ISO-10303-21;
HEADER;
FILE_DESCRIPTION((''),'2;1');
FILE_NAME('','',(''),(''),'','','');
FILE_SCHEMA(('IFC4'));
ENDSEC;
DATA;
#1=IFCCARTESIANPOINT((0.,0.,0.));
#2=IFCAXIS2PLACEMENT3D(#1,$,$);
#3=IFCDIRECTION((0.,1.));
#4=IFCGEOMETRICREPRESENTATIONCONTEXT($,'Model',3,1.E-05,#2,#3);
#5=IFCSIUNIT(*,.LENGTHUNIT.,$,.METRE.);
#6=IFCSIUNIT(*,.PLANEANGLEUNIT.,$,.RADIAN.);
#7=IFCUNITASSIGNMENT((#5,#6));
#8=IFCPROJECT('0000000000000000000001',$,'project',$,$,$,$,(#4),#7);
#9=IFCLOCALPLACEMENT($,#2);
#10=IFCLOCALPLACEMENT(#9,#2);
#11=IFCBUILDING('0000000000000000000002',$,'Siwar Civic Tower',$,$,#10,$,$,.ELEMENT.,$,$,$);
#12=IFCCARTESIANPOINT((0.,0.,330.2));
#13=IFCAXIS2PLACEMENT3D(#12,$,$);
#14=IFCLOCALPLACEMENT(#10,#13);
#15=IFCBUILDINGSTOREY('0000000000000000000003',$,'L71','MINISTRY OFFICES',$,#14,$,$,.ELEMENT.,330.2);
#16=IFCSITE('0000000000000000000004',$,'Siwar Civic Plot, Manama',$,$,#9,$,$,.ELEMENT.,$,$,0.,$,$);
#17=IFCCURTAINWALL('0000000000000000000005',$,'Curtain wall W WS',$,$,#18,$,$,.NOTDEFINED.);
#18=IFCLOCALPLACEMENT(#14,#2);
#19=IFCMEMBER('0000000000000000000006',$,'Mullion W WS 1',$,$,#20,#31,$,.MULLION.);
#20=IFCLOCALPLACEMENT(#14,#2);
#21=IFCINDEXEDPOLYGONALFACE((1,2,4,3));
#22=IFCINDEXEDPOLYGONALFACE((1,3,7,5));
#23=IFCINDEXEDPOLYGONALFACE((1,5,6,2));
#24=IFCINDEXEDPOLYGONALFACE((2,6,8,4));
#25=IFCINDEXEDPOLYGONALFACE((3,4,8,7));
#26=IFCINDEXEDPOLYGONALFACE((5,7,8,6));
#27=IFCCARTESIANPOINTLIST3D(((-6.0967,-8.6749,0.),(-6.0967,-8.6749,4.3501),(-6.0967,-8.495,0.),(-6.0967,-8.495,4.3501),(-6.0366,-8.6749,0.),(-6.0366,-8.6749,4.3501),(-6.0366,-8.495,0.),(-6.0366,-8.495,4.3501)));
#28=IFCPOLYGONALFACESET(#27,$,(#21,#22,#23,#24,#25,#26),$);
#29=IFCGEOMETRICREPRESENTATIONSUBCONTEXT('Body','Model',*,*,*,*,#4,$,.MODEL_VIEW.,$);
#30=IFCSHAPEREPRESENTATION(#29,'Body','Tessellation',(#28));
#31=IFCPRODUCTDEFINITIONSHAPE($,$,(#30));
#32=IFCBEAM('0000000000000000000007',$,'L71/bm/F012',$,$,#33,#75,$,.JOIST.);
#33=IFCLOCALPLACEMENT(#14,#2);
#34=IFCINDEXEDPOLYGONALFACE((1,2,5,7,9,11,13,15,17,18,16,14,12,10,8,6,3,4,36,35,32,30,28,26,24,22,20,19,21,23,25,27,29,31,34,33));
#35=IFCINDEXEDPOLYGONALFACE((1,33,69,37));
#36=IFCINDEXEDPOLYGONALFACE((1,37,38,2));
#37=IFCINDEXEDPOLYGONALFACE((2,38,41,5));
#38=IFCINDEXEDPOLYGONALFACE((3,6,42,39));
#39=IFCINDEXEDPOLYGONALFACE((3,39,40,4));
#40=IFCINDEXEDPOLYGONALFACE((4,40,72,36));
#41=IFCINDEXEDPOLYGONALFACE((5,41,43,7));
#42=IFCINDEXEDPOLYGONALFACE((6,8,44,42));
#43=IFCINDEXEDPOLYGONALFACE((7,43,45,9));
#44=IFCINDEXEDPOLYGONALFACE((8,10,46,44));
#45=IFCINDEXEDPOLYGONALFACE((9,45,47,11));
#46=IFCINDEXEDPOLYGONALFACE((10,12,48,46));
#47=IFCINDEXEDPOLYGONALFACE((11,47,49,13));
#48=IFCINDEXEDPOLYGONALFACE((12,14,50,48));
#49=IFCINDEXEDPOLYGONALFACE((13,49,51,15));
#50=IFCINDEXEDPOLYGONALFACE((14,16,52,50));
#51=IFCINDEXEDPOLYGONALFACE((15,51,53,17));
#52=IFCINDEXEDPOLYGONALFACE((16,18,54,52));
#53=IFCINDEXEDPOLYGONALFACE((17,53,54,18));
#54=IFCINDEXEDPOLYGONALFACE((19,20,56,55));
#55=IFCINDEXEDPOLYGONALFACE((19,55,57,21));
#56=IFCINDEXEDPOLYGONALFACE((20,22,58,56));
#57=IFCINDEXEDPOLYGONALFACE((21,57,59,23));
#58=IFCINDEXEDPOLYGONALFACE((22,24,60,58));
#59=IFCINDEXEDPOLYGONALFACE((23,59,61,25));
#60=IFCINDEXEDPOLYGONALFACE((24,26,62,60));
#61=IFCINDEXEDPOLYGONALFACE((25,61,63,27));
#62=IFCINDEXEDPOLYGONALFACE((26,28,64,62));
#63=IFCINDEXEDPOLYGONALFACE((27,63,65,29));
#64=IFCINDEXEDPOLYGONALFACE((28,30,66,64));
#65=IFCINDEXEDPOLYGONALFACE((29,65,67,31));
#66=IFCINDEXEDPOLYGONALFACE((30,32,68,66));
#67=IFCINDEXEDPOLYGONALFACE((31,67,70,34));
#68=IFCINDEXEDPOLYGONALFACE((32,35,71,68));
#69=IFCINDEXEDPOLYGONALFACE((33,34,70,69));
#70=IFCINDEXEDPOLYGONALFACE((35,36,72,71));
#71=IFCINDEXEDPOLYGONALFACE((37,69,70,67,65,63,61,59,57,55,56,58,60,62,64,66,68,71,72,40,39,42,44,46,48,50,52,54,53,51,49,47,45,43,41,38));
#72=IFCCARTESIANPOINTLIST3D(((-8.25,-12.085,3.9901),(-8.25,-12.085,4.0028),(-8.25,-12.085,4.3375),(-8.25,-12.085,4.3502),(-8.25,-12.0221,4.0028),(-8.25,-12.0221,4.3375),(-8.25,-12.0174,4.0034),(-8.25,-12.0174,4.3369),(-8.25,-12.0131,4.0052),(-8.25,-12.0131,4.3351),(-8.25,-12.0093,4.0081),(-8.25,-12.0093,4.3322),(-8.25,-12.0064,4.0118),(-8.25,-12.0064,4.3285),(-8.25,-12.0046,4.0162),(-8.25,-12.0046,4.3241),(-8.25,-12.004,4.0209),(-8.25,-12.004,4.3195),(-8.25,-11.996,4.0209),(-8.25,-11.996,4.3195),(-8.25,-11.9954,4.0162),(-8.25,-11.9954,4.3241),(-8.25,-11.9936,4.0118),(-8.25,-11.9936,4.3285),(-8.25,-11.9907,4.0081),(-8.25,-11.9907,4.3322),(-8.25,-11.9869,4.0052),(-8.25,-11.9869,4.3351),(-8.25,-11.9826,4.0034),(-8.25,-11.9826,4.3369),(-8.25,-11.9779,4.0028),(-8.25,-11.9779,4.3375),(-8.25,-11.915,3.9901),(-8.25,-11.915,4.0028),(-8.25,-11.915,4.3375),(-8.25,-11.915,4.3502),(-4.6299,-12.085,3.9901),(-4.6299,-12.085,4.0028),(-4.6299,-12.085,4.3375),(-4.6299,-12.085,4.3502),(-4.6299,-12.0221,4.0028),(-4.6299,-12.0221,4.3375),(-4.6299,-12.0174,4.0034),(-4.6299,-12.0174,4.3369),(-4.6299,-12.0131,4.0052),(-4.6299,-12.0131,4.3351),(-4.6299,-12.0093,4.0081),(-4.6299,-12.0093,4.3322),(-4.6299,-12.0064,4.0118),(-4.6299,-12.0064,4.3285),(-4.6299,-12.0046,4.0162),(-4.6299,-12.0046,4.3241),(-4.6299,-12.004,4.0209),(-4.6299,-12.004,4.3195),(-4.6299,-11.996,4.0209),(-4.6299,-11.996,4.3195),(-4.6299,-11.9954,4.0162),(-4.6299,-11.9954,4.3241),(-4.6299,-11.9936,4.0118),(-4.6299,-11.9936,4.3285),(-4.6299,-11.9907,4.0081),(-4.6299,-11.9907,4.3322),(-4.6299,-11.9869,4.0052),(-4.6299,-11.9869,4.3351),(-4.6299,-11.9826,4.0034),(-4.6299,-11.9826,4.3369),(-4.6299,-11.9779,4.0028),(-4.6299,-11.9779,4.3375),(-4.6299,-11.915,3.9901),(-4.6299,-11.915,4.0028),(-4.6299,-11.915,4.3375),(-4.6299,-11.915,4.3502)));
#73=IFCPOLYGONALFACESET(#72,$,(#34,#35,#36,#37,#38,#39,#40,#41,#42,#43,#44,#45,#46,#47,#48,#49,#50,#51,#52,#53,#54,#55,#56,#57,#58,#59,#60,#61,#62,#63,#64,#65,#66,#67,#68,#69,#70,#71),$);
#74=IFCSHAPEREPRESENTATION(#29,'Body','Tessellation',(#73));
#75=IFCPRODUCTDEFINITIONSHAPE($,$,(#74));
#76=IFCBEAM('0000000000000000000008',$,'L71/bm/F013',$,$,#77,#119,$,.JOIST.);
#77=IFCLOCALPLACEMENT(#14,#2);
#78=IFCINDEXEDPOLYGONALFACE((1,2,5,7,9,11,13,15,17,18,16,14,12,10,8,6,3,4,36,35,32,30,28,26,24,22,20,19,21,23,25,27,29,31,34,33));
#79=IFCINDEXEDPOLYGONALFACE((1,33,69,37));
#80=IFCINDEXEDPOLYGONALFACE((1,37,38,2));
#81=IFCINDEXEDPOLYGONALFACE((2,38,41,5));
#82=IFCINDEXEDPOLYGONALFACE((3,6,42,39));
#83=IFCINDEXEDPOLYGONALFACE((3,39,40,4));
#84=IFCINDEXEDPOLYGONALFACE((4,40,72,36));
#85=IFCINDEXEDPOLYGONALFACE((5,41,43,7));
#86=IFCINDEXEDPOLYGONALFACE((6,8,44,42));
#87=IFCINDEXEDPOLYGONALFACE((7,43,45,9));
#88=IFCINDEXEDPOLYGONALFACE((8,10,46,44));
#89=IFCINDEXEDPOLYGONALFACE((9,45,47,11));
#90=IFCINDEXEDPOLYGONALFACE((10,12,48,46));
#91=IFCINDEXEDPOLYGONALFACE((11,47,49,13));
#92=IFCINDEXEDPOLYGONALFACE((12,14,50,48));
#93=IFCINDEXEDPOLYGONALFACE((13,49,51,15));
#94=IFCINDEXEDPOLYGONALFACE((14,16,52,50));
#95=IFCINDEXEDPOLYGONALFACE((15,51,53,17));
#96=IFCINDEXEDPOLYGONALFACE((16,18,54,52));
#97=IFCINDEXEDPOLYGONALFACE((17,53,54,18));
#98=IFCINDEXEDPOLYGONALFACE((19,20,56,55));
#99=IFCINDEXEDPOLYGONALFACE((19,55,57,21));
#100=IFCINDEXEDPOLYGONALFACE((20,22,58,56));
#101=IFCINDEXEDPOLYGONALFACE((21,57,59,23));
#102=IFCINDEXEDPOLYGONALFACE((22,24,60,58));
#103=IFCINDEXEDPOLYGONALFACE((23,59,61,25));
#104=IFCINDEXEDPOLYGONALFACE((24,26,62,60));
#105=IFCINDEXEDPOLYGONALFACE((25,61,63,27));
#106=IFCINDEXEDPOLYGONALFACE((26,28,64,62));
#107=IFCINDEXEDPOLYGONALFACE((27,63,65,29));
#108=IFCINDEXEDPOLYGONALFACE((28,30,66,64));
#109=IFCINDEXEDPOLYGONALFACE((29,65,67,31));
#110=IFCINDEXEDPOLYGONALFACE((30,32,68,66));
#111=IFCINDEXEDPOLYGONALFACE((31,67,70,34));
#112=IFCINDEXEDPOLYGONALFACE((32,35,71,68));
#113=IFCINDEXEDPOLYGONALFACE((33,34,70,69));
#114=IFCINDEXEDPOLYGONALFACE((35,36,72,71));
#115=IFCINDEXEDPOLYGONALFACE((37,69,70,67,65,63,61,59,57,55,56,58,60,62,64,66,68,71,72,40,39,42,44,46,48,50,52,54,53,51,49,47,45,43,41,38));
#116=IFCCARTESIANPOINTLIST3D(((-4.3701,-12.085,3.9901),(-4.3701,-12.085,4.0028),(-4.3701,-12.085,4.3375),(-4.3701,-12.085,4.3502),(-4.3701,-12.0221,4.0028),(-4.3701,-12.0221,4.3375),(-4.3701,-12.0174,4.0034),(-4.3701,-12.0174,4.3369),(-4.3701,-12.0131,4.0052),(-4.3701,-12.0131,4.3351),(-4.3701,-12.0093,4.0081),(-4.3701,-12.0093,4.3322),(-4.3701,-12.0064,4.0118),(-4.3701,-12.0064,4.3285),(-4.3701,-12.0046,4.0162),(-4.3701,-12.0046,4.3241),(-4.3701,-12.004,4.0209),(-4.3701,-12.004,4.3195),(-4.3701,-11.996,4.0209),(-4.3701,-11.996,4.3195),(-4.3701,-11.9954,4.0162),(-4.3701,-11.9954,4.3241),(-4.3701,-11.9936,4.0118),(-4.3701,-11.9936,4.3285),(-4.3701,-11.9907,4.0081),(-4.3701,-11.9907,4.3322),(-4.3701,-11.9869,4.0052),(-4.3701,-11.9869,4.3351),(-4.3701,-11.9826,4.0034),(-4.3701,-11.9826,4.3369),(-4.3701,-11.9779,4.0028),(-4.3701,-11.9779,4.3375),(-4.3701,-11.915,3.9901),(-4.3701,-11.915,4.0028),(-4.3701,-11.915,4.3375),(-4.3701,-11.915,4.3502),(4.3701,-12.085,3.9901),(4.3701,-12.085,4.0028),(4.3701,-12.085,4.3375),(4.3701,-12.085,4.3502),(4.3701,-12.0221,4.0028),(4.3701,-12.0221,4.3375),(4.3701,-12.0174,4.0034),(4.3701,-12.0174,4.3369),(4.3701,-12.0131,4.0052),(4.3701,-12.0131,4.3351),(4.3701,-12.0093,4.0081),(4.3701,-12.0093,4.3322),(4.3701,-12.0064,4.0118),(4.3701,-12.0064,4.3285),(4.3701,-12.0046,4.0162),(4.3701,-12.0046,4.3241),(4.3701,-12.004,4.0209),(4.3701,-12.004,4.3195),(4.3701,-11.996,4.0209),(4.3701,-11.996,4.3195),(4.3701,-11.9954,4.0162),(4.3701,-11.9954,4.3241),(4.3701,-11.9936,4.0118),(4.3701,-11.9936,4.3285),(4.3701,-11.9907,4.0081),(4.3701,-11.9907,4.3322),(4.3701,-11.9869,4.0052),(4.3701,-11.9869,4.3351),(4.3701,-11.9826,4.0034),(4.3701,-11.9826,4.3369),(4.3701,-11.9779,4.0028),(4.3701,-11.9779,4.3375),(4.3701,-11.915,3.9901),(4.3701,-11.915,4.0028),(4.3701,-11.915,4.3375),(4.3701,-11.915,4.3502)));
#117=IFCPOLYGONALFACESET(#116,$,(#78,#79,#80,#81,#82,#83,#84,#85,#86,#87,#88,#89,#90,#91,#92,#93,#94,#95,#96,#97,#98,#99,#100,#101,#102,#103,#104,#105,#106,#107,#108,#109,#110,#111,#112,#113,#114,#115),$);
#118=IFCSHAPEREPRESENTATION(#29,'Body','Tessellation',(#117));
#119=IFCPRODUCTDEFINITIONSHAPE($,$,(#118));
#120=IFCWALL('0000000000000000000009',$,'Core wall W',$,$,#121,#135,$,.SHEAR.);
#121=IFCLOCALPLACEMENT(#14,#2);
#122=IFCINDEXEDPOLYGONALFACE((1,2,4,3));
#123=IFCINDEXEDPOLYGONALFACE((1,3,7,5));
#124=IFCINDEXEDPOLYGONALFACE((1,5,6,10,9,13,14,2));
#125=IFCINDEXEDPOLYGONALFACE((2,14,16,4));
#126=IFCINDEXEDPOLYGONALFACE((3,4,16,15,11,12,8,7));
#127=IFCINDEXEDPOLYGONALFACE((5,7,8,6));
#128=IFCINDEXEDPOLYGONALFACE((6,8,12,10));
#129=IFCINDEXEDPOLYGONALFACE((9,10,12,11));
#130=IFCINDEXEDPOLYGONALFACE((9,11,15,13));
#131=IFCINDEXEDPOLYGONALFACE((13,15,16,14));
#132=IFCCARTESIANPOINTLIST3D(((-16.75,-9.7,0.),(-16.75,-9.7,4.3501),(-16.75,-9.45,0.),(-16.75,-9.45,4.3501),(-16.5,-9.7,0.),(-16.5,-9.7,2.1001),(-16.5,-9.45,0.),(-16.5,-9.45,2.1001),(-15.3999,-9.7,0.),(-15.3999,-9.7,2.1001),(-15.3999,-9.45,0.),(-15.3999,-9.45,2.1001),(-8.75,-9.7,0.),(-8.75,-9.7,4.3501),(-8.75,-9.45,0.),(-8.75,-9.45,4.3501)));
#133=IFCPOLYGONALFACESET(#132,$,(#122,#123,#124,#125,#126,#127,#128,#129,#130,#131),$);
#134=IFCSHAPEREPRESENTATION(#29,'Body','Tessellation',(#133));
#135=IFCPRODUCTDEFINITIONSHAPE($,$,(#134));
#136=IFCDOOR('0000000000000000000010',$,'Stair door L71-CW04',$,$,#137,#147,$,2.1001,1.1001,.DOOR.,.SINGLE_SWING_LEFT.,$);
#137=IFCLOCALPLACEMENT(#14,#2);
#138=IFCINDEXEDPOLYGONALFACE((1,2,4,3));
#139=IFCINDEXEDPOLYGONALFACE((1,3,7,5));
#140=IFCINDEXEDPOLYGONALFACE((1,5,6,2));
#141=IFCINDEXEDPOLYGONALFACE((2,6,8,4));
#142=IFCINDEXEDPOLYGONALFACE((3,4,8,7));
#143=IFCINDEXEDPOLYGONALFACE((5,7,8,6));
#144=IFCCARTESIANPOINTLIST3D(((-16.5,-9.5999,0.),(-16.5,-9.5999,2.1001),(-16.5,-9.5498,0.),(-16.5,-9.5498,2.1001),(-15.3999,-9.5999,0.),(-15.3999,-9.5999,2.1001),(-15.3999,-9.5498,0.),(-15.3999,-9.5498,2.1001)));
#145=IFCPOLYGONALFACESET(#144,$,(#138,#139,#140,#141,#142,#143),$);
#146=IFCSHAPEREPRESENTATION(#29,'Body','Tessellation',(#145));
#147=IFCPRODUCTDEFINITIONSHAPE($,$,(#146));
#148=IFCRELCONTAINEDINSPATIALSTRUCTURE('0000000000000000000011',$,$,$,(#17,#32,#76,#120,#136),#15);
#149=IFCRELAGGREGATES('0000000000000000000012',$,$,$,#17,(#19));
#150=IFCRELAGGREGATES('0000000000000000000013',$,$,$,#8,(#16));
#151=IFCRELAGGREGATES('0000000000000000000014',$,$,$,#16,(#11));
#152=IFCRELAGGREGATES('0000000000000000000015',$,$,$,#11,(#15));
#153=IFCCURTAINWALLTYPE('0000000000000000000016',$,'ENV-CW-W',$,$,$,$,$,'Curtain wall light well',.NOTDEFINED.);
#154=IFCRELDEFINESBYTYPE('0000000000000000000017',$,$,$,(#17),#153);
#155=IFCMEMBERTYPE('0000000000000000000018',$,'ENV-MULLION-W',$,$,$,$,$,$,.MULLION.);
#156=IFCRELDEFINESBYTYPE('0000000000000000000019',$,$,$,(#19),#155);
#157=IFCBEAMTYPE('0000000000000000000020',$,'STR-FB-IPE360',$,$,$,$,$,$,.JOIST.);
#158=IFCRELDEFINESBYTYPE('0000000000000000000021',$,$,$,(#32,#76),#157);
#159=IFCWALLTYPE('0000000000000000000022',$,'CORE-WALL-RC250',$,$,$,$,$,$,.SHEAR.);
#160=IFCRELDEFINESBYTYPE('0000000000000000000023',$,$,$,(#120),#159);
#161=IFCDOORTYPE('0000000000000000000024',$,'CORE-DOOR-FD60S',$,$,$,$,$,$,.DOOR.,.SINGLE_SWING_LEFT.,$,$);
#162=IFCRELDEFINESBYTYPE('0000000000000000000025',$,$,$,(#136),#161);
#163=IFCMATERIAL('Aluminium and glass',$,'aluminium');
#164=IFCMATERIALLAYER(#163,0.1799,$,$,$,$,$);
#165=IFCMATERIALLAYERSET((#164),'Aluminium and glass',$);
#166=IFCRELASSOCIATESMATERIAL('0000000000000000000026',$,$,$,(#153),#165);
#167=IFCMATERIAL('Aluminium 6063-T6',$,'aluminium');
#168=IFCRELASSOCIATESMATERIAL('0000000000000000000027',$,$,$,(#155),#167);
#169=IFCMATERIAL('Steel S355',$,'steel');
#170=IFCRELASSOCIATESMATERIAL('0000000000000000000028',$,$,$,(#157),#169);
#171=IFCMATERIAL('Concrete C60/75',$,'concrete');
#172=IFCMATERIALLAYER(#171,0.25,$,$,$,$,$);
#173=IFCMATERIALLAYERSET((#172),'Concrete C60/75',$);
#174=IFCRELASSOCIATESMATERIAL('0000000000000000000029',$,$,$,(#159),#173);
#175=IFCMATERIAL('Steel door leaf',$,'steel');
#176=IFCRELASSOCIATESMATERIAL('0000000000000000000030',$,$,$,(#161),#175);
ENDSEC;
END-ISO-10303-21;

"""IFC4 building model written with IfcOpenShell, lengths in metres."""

from ifc_helpers import new_model, si_unit, direction, frame, frame_2d, origin, origin_2d, place, context, subcontext, project, spatial, rectangle, i_section, extrude, material, layer, layer_set, material_profile, profile_set, type_object, element, fill, aggregate, save


model = new_model("IFC4")

# Units and contexts
model_context = context("Model", 3, precision=1e-05, world=origin(), true_north=direction((0.0, 1.0)))
body_context = subcontext(model_context, "Body", "Model", "MODEL_VIEW")
ifc_project = project(units=[si_unit("LENGTHUNIT", "METRE"), si_unit("PLANEANGLEUNIT", "RADIAN")], contexts=[model_context])

# Site, building, storey
site_placement = place(None, origin())
site = spatial("IfcSite", under=ifc_project, at=site_placement, Name="Siwar Civic Plot, Manama", CompositionType="ELEMENT", RefElevation=0.0)
building_placement = place(site_placement, origin())
building = spatial("IfcBuilding", under=site, at=building_placement, Name="Siwar Civic Tower", CompositionType="ELEMENT")
storey_placement = place(building_placement, frame((0.0, 0.0, 330.2)))
storey = spatial("IfcBuildingStorey", under=building, at=storey_placement, Name="L71", Description="MINISTRY OFFICES", CompositionType="ELEMENT", Elevation=330.2)

# Curtain wall, member
ifc_material_1 = material(Name="Aluminium and glass", Category="aluminium")
ifc_layer_1 = layer(ifc_material_1, 0.1799)
ifc_layer_set_1 = layer_set([ifc_layer_1], Name="Aluminium and glass")
curtain_wall_type = type_object("IfcCurtainWallType", Name="ENV-CW-W", ElementType="Curtain wall light well", PredefinedType="NOTDEFINED", material=ifc_layer_set_1)
curtain_wall_placement = place(storey_placement, origin())
curtain_wall = element("IfcCurtainWall", 1, at=curtain_wall_placement, inside=storey, type_object=curtain_wall_type, Name="Curtain wall W WS", PredefinedType="NOTDEFINED")
ifc_material_2 = material(Name="Aluminium 6063-T6", Category="aluminium")
ifc_material_profile_1 = material_profile(ifc_material_2, rectangle(XDim=0.1799, YDim=0.0601, at=origin_2d()), Name="AL 180x60")
ifc_profile_set_1 = profile_set([ifc_material_profile_1], Name="Aluminium 6063-T6")
member_type = type_object("IfcMemberType", Name="ENV-MULLION-W", PredefinedType="MULLION", material=ifc_profile_set_1)
member_placement = place(storey_placement, frame((-6.0667, -8.585, 0.0), z_axis=(0.0, 0.0, 1.0), x_axis=(0.0, 1.0, 0.0)))
member = element("IfcMember", 2, at=member_placement, type_object=member_type, Name="Mullion W WS 1", PredefinedType="MULLION", context=body_context, shape_type="SweptSolid", body=[
    extrude(rectangle(XDim=0.1799, YDim=0.0601, at=origin_2d()), origin(), (0.0, 0.0, 1.0), 4.3501),
])
aggregate(curtain_wall, [member])

# Beams
ifc_material_3 = material(Name="Steel S355", Category="steel")
ifc_material_profile_2 = material_profile(ifc_material_3, i_section(OverallWidth=0.1699, OverallDepth=0.3601, WebThickness=0.0081, FlangeThickness=0.0127, FilletRadius=0.0181, at=origin_2d()), Name="IPE360")
ifc_profile_set_2 = profile_set([ifc_material_profile_2], Name="Steel S355")
beam_type = type_object("IfcBeamType", Name="STR-FB-IPE360", PredefinedType="JOIST", material=ifc_profile_set_2)
beam_1_placement = place(storey_placement, frame((-8.25, -12.0, 4.1702), z_axis=(1.0, 0.0, 0.0), x_axis=(0.0, 1.0, 0.0)))
element("IfcBeam", 3, at=beam_1_placement, inside=storey, type_object=beam_type, Name="L71/bm/F012", PredefinedType="JOIST", context=body_context, shape_type="SweptSolid", body=[
    extrude(i_section(OverallWidth=0.1699, OverallDepth=0.3601, WebThickness=0.0081, FlangeThickness=0.0127, FilletRadius=0.0181, at=origin_2d()), origin(), (0.0, 0.0, 1.0), 3.6201),
])
beam_2_placement = place(storey_placement, frame((-4.3701, -12.0, 4.1702), z_axis=(1.0, 0.0, 0.0), x_axis=(0.0, 1.0, 0.0)))
element("IfcBeam", 4, at=beam_2_placement, inside=storey, type_object=beam_type, Name="L71/bm/F013", PredefinedType="JOIST", context=body_context, shape_type="SweptSolid", body=[
    extrude(i_section(OverallWidth=0.1699, OverallDepth=0.3601, WebThickness=0.0081, FlangeThickness=0.0127, FilletRadius=0.0181, at=origin_2d()), origin(), (0.0, 0.0, 1.0), 8.7402),
])

# Wall, opening, door
ifc_material_4 = material(Name="Concrete C60/75", Category="concrete")
ifc_layer_2 = layer(ifc_material_4, 0.25)
ifc_layer_set_2 = layer_set([ifc_layer_2], Name="Concrete C60/75")
wall_type_1 = type_object("IfcWallType", Name="CORE-WALL-RC250", PredefinedType="SHEAR", material=ifc_layer_set_2)
wall_1_placement = place(storey_placement, frame((-8.75, -9.575, 0.0), z_axis=(0.0, 0.0, 1.0), x_axis=(-1.0, 0.0, 0.0)))
wall_1 = element("IfcWall", 5, at=wall_1_placement, inside=storey, type_object=wall_type_1, Name="Core wall W", PredefinedType="SHEAR", context=body_context, shape_type="SweptSolid", body=[
    extrude(rectangle(XDim=8.0, YDim=0.25, at=frame_2d((4.0, 0.0))), origin(), (0.0, 0.0, 1.0), 4.3501),
])
opening_1_placement = place(wall_1_placement, frame((6.6499, 0.0, 0.0)))
opening_1 = element("IfcOpeningElement", 6, at=opening_1_placement, cuts=wall_1, PredefinedType="OPENING", context=body_context, shape_type="SweptSolid", body=[
    extrude(rectangle(XDim=1.1001, YDim=2.1001, at=frame_2d((0.55, 1.05))), frame((0.0, 0.135, 0.0), z_axis=(0.0, -1.0, 0.0), x_axis=(1.0, 0.0, 0.0)), (0.0, 0.0, 1.0), 0.27),
])
ifc_material_5 = material(Name="Steel door leaf", Category="steel")
door_type_1 = type_object("IfcDoorType", Name="CORE-DOOR-FD60S", OperationType="SINGLE_SWING_LEFT", PredefinedType="DOOR", material=ifc_material_5)
door_1_placement = place(opening_1_placement, origin())
door_1 = element("IfcDoor", 7, at=door_1_placement, inside=storey, type_object=door_type_1, Name="Stair door L71-CW04", OperationType="SINGLE_SWING_LEFT", OverallHeight=2.1001, OverallWidth=1.1001, PredefinedType="DOOR", context=body_context, shape_type="SweptSolid", body=[
    extrude(rectangle(XDim=1.1001, YDim=2.1001, at=frame_2d((0.55, 1.05))), frame((0.0, 0.0249, 0.0), z_axis=(0.0, -1.0, 0.0), x_axis=(1.0, 0.0, 0.0)), (0.0, 0.0, 1.0), 0.05),
])
fill(opening_1, door_1)

save(model, "model.ifc")
